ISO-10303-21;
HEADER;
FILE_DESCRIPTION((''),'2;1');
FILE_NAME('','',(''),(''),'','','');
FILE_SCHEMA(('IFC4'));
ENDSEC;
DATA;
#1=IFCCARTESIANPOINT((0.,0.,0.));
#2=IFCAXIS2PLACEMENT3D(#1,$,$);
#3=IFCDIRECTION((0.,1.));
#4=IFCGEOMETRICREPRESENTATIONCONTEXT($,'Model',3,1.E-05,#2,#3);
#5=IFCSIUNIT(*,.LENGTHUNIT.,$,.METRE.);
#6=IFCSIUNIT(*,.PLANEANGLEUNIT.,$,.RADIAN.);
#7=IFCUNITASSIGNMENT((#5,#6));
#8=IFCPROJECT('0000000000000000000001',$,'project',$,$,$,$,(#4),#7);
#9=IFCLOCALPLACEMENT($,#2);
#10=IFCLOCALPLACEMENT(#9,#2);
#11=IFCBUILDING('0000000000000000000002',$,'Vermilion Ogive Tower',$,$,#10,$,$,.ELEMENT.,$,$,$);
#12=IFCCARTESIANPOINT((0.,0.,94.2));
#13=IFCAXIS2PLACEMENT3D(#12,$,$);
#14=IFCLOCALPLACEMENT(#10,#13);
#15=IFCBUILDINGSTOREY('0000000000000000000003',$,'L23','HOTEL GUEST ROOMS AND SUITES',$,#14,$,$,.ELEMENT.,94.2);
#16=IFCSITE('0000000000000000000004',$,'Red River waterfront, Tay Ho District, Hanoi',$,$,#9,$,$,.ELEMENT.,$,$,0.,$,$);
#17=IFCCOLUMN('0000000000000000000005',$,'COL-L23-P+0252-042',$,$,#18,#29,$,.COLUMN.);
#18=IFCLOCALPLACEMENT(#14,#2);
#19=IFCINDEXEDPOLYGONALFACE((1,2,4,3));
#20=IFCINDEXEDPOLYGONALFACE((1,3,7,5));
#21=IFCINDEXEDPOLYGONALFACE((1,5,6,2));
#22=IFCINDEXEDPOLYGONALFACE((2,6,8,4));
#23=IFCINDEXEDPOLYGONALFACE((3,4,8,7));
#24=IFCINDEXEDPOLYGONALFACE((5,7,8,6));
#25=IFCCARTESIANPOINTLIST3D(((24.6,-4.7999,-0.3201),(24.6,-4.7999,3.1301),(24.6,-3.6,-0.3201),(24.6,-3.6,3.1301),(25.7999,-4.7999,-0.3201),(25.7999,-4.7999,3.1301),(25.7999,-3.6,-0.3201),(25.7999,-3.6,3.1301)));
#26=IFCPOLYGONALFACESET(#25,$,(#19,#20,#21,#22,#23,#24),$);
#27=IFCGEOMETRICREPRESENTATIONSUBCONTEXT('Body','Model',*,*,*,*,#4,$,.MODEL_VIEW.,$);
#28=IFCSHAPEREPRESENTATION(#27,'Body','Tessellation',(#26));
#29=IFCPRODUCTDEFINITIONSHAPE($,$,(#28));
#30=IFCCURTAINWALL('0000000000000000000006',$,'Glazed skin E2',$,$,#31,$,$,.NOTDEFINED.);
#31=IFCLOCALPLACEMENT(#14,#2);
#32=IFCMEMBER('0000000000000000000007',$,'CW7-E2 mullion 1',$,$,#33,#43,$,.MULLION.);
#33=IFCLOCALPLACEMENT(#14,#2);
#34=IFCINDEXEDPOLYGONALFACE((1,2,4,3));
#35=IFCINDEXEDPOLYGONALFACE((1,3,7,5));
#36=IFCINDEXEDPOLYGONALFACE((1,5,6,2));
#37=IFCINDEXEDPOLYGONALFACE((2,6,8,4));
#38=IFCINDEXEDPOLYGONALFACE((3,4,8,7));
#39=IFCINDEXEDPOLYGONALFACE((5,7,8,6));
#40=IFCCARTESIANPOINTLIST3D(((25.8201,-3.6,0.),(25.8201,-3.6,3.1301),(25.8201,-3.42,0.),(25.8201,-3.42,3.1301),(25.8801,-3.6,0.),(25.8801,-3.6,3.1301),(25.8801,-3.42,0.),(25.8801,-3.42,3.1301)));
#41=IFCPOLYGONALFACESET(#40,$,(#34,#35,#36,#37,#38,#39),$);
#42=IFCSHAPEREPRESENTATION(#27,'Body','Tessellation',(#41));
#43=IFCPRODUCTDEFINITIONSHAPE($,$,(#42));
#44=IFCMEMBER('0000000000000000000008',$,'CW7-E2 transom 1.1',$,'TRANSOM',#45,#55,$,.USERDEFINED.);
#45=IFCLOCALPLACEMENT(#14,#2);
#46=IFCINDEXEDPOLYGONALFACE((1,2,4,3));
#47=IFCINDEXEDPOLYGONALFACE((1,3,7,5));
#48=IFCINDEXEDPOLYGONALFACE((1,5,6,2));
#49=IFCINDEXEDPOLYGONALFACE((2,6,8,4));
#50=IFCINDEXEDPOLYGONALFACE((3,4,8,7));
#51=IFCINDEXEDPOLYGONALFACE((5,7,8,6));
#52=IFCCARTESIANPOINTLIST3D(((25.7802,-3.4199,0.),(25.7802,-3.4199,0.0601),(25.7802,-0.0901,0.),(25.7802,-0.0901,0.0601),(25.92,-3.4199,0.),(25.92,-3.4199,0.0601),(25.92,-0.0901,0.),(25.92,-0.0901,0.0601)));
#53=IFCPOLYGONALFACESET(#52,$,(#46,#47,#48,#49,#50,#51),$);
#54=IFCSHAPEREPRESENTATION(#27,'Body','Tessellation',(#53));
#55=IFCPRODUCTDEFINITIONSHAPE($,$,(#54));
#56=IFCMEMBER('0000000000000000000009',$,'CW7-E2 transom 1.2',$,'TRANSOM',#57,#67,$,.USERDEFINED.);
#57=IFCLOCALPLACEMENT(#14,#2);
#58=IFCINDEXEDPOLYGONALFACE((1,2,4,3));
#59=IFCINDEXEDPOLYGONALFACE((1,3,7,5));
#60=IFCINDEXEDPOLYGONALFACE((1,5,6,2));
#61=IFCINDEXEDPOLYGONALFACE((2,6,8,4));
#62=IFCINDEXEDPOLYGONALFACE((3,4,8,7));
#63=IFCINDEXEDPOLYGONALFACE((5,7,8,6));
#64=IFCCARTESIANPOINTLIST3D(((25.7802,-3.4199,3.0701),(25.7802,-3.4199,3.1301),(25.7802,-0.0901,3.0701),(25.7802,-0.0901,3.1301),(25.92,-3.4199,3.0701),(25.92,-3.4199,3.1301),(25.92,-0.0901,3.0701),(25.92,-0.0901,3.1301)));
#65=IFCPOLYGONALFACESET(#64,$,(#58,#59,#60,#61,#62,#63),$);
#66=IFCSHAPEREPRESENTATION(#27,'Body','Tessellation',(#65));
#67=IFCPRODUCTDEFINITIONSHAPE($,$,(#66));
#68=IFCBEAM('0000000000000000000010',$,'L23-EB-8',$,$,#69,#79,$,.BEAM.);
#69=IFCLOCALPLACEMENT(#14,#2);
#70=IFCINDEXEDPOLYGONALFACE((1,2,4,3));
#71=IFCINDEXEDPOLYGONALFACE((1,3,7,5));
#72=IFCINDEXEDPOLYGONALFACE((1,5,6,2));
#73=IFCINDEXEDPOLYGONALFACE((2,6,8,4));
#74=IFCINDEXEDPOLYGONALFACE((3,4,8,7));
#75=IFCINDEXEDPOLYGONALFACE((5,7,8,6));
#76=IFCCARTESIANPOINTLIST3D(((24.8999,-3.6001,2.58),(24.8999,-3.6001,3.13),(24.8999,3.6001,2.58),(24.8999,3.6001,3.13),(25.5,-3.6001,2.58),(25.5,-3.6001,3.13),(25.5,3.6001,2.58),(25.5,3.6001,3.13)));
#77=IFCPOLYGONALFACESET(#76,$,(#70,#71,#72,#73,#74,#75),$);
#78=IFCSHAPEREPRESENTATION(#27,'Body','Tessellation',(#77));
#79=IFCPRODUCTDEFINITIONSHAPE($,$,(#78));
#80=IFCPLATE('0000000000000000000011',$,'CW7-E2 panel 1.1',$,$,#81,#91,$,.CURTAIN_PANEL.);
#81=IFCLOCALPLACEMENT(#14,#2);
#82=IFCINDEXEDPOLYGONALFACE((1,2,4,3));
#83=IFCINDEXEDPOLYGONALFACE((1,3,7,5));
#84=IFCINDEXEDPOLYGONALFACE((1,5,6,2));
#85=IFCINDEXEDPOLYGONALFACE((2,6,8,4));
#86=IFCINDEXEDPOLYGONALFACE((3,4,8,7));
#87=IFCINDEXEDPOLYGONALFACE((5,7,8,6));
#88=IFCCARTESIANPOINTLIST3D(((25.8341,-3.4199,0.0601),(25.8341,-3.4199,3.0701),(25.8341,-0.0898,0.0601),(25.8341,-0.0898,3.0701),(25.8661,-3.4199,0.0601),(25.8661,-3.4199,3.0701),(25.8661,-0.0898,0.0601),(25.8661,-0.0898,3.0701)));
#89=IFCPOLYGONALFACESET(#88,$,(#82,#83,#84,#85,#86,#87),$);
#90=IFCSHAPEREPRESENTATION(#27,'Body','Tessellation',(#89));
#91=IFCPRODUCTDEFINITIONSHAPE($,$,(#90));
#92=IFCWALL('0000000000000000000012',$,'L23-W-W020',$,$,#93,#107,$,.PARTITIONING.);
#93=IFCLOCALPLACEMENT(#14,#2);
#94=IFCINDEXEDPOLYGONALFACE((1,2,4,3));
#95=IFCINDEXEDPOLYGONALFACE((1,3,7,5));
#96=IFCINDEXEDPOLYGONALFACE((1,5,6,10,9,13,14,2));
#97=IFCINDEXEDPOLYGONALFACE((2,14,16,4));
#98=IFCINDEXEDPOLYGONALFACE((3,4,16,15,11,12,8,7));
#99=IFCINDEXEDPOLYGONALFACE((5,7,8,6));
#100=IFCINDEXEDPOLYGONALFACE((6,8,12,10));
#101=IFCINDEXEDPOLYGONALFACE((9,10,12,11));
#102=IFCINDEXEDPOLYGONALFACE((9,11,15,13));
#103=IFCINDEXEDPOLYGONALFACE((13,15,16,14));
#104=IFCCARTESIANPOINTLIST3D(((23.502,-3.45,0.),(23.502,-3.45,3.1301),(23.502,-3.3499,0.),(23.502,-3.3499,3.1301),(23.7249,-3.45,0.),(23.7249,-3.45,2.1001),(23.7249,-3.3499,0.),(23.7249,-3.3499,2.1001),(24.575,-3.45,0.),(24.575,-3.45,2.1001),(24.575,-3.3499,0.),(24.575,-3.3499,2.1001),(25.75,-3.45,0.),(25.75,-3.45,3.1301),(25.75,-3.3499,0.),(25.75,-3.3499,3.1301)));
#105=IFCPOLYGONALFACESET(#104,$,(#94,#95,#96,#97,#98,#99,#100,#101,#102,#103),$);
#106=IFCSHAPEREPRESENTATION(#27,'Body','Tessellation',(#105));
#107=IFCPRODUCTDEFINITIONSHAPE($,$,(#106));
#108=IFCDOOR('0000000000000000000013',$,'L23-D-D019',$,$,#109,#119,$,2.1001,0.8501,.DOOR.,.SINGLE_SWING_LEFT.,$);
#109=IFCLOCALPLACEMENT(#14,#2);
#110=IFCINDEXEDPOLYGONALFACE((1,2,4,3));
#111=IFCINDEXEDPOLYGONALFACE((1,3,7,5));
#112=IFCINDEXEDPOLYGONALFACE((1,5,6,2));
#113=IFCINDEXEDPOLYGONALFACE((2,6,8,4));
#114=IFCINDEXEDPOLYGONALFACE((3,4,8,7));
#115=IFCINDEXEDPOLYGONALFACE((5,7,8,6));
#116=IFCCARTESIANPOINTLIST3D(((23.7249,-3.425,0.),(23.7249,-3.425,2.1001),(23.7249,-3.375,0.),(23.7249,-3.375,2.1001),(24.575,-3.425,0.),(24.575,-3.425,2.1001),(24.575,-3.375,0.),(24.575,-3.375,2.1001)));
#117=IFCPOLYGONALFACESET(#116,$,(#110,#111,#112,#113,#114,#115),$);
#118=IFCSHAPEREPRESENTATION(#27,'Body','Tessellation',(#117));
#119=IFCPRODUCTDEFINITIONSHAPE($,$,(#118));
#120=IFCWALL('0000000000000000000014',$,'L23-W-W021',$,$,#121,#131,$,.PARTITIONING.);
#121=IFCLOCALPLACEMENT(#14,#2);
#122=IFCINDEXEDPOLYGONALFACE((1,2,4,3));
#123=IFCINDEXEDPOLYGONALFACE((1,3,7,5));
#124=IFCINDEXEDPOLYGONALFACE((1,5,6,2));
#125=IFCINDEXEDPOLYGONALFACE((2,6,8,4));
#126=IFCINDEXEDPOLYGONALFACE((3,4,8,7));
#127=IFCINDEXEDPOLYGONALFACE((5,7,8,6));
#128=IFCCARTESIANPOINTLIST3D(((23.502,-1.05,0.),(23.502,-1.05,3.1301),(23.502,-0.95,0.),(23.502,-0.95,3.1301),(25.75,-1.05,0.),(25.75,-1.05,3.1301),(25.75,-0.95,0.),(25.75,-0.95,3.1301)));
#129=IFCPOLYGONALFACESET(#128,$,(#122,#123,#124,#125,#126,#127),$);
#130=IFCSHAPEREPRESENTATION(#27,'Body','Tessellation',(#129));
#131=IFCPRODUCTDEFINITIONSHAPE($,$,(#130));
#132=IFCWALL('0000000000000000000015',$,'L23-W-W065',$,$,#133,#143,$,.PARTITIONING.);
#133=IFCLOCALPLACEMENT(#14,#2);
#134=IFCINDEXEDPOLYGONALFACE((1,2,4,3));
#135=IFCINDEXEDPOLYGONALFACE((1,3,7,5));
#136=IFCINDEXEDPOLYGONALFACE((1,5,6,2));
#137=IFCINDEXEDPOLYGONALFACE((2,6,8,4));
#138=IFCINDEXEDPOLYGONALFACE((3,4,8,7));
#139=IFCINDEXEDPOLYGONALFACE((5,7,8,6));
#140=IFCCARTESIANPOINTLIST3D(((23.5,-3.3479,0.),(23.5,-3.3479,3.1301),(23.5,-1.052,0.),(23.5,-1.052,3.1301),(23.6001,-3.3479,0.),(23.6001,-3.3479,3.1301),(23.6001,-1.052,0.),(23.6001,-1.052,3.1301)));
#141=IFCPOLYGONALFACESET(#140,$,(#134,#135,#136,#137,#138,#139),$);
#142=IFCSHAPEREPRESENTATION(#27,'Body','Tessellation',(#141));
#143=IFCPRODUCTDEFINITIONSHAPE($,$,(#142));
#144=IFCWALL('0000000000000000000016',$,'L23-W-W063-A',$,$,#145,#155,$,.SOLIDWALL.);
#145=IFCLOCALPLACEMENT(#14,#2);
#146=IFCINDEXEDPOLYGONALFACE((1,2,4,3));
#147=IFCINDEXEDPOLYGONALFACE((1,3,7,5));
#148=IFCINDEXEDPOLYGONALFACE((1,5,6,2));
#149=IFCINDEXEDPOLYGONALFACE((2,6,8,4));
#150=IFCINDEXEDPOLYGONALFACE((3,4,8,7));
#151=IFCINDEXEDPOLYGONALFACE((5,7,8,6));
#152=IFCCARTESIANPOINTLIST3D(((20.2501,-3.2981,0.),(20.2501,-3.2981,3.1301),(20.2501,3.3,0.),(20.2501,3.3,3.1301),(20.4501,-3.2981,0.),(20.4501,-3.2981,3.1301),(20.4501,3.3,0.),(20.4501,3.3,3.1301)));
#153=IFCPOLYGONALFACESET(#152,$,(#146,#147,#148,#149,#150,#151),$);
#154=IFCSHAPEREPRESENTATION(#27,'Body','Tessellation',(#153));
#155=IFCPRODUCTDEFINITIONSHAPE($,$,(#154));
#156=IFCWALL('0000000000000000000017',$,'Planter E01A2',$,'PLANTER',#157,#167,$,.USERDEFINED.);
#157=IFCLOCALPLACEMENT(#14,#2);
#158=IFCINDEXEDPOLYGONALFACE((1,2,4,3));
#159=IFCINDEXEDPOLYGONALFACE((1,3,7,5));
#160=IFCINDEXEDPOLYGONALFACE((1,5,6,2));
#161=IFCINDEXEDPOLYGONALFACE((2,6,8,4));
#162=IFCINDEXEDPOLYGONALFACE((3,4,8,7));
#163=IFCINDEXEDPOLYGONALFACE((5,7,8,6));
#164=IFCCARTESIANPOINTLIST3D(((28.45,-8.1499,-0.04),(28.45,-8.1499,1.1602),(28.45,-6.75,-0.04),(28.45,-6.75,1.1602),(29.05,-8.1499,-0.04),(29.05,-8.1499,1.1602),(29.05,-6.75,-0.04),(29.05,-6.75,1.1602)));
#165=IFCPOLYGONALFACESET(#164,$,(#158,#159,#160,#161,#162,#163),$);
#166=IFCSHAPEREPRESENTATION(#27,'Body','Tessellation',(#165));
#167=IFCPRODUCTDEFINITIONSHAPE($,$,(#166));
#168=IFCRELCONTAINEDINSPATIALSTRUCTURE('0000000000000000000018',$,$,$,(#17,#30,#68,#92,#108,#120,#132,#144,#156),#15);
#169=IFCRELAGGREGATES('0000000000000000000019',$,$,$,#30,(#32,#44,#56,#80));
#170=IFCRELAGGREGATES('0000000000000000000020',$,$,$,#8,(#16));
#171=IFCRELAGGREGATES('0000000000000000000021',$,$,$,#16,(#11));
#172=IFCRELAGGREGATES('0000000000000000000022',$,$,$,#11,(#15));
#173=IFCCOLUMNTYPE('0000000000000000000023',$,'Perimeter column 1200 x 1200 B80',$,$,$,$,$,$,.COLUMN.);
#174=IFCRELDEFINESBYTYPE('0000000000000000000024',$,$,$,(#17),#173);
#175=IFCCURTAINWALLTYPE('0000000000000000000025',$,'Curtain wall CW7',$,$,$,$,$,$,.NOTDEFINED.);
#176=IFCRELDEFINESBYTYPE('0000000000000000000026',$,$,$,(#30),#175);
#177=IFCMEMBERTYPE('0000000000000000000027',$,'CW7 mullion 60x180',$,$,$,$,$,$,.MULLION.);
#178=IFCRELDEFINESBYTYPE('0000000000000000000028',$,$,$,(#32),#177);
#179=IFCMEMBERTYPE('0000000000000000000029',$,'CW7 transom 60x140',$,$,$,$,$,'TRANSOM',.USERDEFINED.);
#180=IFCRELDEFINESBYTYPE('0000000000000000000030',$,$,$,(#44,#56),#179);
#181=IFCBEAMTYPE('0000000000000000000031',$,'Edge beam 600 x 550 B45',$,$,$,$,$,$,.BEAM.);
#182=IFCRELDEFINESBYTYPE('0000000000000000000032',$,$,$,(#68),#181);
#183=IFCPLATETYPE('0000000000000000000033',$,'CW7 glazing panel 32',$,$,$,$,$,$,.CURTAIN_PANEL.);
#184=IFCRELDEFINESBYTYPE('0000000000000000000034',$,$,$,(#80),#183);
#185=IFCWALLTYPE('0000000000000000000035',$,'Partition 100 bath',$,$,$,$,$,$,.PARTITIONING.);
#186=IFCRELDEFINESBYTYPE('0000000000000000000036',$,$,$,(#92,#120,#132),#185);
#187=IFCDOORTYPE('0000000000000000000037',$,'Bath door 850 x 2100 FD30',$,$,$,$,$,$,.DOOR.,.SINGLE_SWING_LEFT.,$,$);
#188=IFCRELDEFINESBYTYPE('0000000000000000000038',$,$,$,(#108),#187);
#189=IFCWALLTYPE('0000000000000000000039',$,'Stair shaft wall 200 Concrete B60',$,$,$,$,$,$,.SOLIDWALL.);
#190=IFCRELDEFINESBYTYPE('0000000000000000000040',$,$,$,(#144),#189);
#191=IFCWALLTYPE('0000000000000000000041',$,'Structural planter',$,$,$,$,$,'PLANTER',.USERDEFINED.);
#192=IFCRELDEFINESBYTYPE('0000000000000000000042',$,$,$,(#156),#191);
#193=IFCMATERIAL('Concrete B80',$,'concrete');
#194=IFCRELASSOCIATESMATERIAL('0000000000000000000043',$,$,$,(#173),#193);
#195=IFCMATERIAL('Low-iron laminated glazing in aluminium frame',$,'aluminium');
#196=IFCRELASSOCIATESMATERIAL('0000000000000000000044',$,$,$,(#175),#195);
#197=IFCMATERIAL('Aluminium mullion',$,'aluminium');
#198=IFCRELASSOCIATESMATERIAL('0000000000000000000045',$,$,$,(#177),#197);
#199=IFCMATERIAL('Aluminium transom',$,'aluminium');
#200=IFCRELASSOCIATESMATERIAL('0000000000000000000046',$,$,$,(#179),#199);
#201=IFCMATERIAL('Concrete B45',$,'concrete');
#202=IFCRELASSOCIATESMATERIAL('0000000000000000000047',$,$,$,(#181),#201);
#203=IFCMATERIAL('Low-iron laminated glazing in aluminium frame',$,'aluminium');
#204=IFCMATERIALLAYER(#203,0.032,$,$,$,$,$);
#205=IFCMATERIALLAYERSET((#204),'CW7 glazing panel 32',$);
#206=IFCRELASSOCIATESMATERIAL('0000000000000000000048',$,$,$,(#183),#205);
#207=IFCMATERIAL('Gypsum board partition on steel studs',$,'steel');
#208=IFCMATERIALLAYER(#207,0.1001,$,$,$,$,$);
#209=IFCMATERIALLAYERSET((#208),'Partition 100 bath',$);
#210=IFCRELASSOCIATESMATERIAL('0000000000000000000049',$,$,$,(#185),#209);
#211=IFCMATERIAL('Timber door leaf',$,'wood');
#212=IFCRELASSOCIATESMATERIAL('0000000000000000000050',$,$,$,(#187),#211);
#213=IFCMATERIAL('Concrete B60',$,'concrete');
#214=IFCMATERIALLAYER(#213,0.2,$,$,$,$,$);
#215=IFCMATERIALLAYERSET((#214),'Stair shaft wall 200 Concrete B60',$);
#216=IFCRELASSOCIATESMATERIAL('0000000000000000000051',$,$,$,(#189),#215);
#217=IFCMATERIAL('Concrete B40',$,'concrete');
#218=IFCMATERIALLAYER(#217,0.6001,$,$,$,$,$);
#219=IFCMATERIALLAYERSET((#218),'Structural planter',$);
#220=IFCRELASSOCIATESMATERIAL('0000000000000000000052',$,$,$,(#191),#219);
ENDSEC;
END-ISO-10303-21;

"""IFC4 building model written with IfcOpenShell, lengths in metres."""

from ifc_helpers import new_model, si_unit, direction, frame, frame_2d, origin, origin_2d, place, context, subcontext, project, spatial, rectangle, extrude, material, layer, layer_set, material_profile, profile_set, type_object, element, fill, aggregate, save


model = new_model("IFC4")

# Units and contexts
model_context = context("Model", 3, precision=1e-05, world=origin(), true_north=direction((0.0, 1.0)))
body_context = subcontext(model_context, "Body", "Model", "MODEL_VIEW")
ifc_project = project(units=[si_unit("LENGTHUNIT", "METRE"), si_unit("PLANEANGLEUNIT", "RADIAN")], contexts=[model_context])

# Site, building, storey
site_placement = place(None, origin())
site = spatial("IfcSite", under=ifc_project, at=site_placement, Name="Red River waterfront, Tay Ho District, Hanoi", CompositionType="ELEMENT", RefElevation=0.0)
building_placement = place(site_placement, origin())
building = spatial("IfcBuilding", under=site, at=building_placement, Name="Vermilion Ogive Tower", CompositionType="ELEMENT")
storey_placement = place(building_placement, frame((0.0, 0.0, 94.2)))
storey = spatial("IfcBuildingStorey", under=building, at=storey_placement, Name="L23", Description="HOTEL GUEST ROOMS AND SUITES", CompositionType="ELEMENT", Elevation=94.2)

# Column
ifc_material_1 = material(Name="Concrete B80", Category="concrete")
ifc_material_profile_1 = material_profile(ifc_material_1, rectangle(XDim=1.2, YDim=1.2, at=origin_2d()), Name="1200 x 1200")
ifc_profile_set_1 = profile_set([ifc_material_profile_1], Name="Concrete B80")
column_type = type_object("IfcColumnType", Name="Perimeter column 1200 x 1200 B80", PredefinedType="COLUMN", material=ifc_profile_set_1)
column_placement = place(storey_placement, frame((25.2, -4.2, -0.3201), z_axis=(0.0, 0.0, 1.0), x_axis=(1.0, 0.0, 0.0)))
element("IfcColumn", 1, at=column_placement, inside=storey, type_object=column_type, Name="COL-L23-P+0252-042", PredefinedType="COLUMN", context=body_context, shape_type="SweptSolid", body=[
    extrude(rectangle(XDim=1.2, YDim=1.2, at=origin_2d()), origin(), (0.0, 0.0, 1.0), 3.4502),
])

# Curtain wall, members
ifc_material_2 = material(Name="Low-iron laminated glazing in aluminium frame", Category="aluminium")
curtain_wall_type = type_object("IfcCurtainWallType", Name="Curtain wall CW7", PredefinedType="NOTDEFINED", material=ifc_material_2)
curtain_wall_placement = place(storey_placement, origin())
curtain_wall = element("IfcCurtainWall", 2, at=curtain_wall_placement, inside=storey, type_object=curtain_wall_type, Name="Glazed skin E2", PredefinedType="NOTDEFINED")
ifc_material_3 = material(Name="Aluminium mullion", Category="aluminium")
ifc_material_profile_2 = material_profile(ifc_material_3, rectangle(XDim=0.0601, YDim=0.1799, at=origin_2d()), Name="AL 60x180")
ifc_profile_set_2 = profile_set([ifc_material_profile_2], Name="Aluminium mullion")
member_type_1 = type_object("IfcMemberType", Name="CW7 mullion 60x180", PredefinedType="MULLION", material=ifc_profile_set_2)
member_1_placement = place(storey_placement, frame((25.8501, -3.51, 0.0), z_axis=(0.0, 0.0, 1.0), x_axis=(-1.0, 0.0, 0.0)))
member_1 = element("IfcMember", 3, at=member_1_placement, type_object=member_type_1, Name="CW7-E2 mullion 1", PredefinedType="MULLION", context=body_context, shape_type="SweptSolid", body=[
    extrude(rectangle(XDim=0.0601, YDim=0.1799, at=origin_2d()), origin(), (0.0, 0.0, 1.0), 3.1301),
])
ifc_material_4 = material(Name="Aluminium transom", Category="aluminium")
ifc_material_profile_3 = material_profile(ifc_material_4, rectangle(XDim=0.1399, YDim=0.0601, at=origin_2d()), Name="AL 60x140")
ifc_profile_set_3 = profile_set([ifc_material_profile_3], Name="Aluminium transom")
member_type_2 = type_object("IfcMemberType", Name="CW7 transom 60x140", ElementType="TRANSOM", PredefinedType="USERDEFINED", material=ifc_profile_set_3)
member_2_placement = place(storey_placement, frame((25.8501, -3.4199, 0.03), z_axis=(0.0, 1.0, 0.0), x_axis=(-1.0, 0.0, 0.0)))
member_2 = element("IfcMember", 4, at=member_2_placement, type_object=member_type_2, Name="CW7-E2 transom 1.1", ObjectType="TRANSOM", PredefinedType="USERDEFINED", context=body_context, shape_type="SweptSolid", body=[
    extrude(rectangle(XDim=0.1399, YDim=0.0601, at=origin_2d()), origin(), (0.0, 0.0, 1.0), 3.3298),
])
member_3_placement = place(storey_placement, frame((25.8501, -3.4199, 3.1001), z_axis=(0.0, 1.0, 0.0), x_axis=(-1.0, 0.0, 0.0)))
member_3 = element("IfcMember", 5, at=member_3_placement, type_object=member_type_2, Name="CW7-E2 transom 1.2", ObjectType="TRANSOM", PredefinedType="USERDEFINED", context=body_context, shape_type="SweptSolid", body=[
    extrude(rectangle(XDim=0.1399, YDim=0.0601, at=origin_2d()), origin(), (0.0, 0.0, 1.0), 3.3298),
])

# Beam
ifc_material_5 = material(Name="Concrete B45", Category="concrete")
ifc_material_profile_4 = material_profile(ifc_material_5, rectangle(XDim=0.6001, YDim=0.55, at=origin_2d()), Name="600 x 550")
ifc_profile_set_4 = profile_set([ifc_material_profile_4], Name="Concrete B45")
beam_type = type_object("IfcBeamType", Name="Edge beam 600 x 550 B45", PredefinedType="BEAM", material=ifc_profile_set_4)
beam_placement = place(storey_placement, frame((25.2, -3.6001, 2.855), z_axis=(0.0, 1.0, 0.0), x_axis=(-1.0, 0.0, 0.0)))
element("IfcBeam", 6, at=beam_placement, inside=storey, type_object=beam_type, Name="L23-EB-8", PredefinedType="BEAM", context=body_context, shape_type="SweptSolid", body=[
    extrude(rectangle(XDim=0.6001, YDim=0.55, at=origin_2d()), origin(), (0.0, 0.0, 1.0), 7.2002),
])

# Plate
ifc_material_6 = material(Name="Low-iron laminated glazing in aluminium frame", Category="aluminium")
ifc_layer_1 = layer(ifc_material_6, 0.032)
ifc_layer_set_1 = layer_set([ifc_layer_1], Name="CW7 glazing panel 32")
plate_type = type_object("IfcPlateType", Name="CW7 glazing panel 32", PredefinedType="CURTAIN_PANEL", material=ifc_layer_set_1)
plate_placement = place(storey_placement, frame((25.8501, -1.7549, 0.0601), z_axis=(0.0, 0.0, 1.0), x_axis=(0.0, 1.0, 0.0)))
plate = element("IfcPlate", 7, at=plate_placement, type_object=plate_type, Name="CW7-E2 panel 1.1", PredefinedType="CURTAIN_PANEL", context=body_context, shape_type="SweptSolid", body=[
    extrude(rectangle(XDim=3.3301, YDim=0.032, at=origin_2d()), origin(), (0.0, 0.0, 1.0), 3.01),
])
aggregate(curtain_wall, [member_1, member_2, member_3, plate])

# Wall, opening, door
ifc_material_7 = material(Name="Gypsum board partition on steel studs", Category="steel")
ifc_layer_2 = layer(ifc_material_7, 0.1001)
ifc_layer_set_2 = layer_set([ifc_layer_2], Name="Partition 100 bath")
wall_type_1 = type_object("IfcWallType", Name="Partition 100 bath", PredefinedType="PARTITIONING", material=ifc_layer_set_2)
wall_1_placement = place(storey_placement, frame((23.502, -3.3999, 0.0), z_axis=(0.0, 0.0, 1.0), x_axis=(1.0, 0.0, 0.0)))
wall_1 = element("IfcWall", 8, at=wall_1_placement, inside=storey, type_object=wall_type_1, Name="L23-W-W020", PredefinedType="PARTITIONING", context=body_context, shape_type="SweptSolid", body=[
    extrude(rectangle(XDim=2.248, YDim=0.1001, at=frame_2d((1.124, 0.0))), origin(), (0.0, 0.0, 1.0), 3.1301),
])
opening_1_placement = place(wall_1_placement, frame((0.2229, 0.0, 0.0)))
opening_1 = element("IfcOpeningElement", 9, at=opening_1_placement, cuts=wall_1, PredefinedType="OPENING", context=body_context, shape_type="SweptSolid", body=[
    extrude(rectangle(XDim=0.8501, YDim=2.1001, at=frame_2d((0.425, 1.05))), frame((0.0, 0.0601, 0.0), z_axis=(0.0, -1.0, 0.0), x_axis=(1.0, 0.0, 0.0)), (0.0, 0.0, 1.0), 0.1201),
])
ifc_material_8 = material(Name="Timber door leaf", Category="wood")
door_type_1 = type_object("IfcDoorType", Name="Bath door 850 x 2100 FD30", OperationType="SINGLE_SWING_LEFT", PredefinedType="DOOR", material=ifc_material_8)
door_1_placement = place(opening_1_placement, origin())
door_1 = element("IfcDoor", 10, at=door_1_placement, inside=storey, type_object=door_type_1, Name="L23-D-D019", OperationType="SINGLE_SWING_LEFT", OverallHeight=2.1001, OverallWidth=0.8501, PredefinedType="DOOR", context=body_context, shape_type="SweptSolid", body=[
    extrude(rectangle(XDim=0.8501, YDim=2.1001, at=frame_2d((0.425, 1.05))), frame((0.0, 0.0249, 0.0), z_axis=(0.0, -1.0, 0.0), x_axis=(1.0, 0.0, 0.0)), (0.0, 0.0, 1.0), 0.05),
])
fill(opening_1, door_1)

# Walls
wall_2_placement = place(storey_placement, frame((23.502, -1.0, 0.0), z_axis=(0.0, 0.0, 1.0), x_axis=(1.0, 0.0, 0.0)))
element("IfcWall", 11, at=wall_2_placement, inside=storey, type_object=wall_type_1, Name="L23-W-W021", PredefinedType="PARTITIONING", context=body_context, shape_type="SweptSolid", body=[
    extrude(rectangle(XDim=2.248, YDim=0.1001, at=frame_2d((1.124, 0.0))), origin(), (0.0, 0.0, 1.0), 3.1301),
])
wall_3_placement = place(storey_placement, frame((23.55, -3.3479, 0.0), z_axis=(0.0, 0.0, 1.0), x_axis=(0.0, 1.0, 0.0)))
element("IfcWall", 12, at=wall_3_placement, inside=storey, type_object=wall_type_1, Name="L23-W-W065", PredefinedType="PARTITIONING", context=body_context, shape_type="SweptSolid", body=[
    extrude(rectangle(XDim=2.2959, YDim=0.1001, at=frame_2d((1.1479, 0.0))), origin(), (0.0, 0.0, 1.0), 3.1301),
])
ifc_material_9 = material(Name="Concrete B60", Category="concrete")
ifc_layer_3 = layer(ifc_material_9, 0.2)
ifc_layer_set_3 = layer_set([ifc_layer_3], Name="Stair shaft wall 200 Concrete B60")
wall_type_2 = type_object("IfcWallType", Name="Stair shaft wall 200 Concrete B60", PredefinedType="SOLIDWALL", material=ifc_layer_set_3)
wall_4_placement = place(storey_placement, frame((20.3501, -3.2981, 0.0), z_axis=(0.0, 0.0, 1.0), x_axis=(0.0, 1.0, 0.0)))
element("IfcWall", 13, at=wall_4_placement, inside=storey, type_object=wall_type_2, Name="L23-W-W063-A", PredefinedType="SOLIDWALL", context=body_context, shape_type="SweptSolid", body=[
    extrude(rectangle(XDim=6.5981, YDim=0.2, at=frame_2d((3.2991, 0.0))), origin(), (0.0, 0.0, 1.0), 3.1301),
])
ifc_material_10 = material(Name="Concrete B40", Category="concrete")
ifc_layer_4 = layer(ifc_material_10, 0.6001)
ifc_layer_set_4 = layer_set([ifc_layer_4], Name="Structural planter")
wall_type_3 = type_object("IfcWallType", Name="Structural planter", ElementType="PLANTER", PredefinedType="USERDEFINED", material=ifc_layer_set_4)
wall_5_placement = place(storey_placement, frame((28.75, -8.1499, -0.04), z_axis=(0.0, 0.0, 1.0), x_axis=(0.0, 1.0, 0.0)))
element("IfcWall", 14, at=wall_5_placement, inside=storey, type_object=wall_type_3, Name="Planter E01A2", ObjectType="PLANTER", PredefinedType="USERDEFINED", context=body_context, shape_type="SweptSolid", body=[
    extrude(rectangle(XDim=1.3999, YDim=0.6001, at=frame_2d((0.7, 0.0))), origin(), (0.0, 0.0, 1.0), 1.2002),
])

save(model, "model.ifc")
